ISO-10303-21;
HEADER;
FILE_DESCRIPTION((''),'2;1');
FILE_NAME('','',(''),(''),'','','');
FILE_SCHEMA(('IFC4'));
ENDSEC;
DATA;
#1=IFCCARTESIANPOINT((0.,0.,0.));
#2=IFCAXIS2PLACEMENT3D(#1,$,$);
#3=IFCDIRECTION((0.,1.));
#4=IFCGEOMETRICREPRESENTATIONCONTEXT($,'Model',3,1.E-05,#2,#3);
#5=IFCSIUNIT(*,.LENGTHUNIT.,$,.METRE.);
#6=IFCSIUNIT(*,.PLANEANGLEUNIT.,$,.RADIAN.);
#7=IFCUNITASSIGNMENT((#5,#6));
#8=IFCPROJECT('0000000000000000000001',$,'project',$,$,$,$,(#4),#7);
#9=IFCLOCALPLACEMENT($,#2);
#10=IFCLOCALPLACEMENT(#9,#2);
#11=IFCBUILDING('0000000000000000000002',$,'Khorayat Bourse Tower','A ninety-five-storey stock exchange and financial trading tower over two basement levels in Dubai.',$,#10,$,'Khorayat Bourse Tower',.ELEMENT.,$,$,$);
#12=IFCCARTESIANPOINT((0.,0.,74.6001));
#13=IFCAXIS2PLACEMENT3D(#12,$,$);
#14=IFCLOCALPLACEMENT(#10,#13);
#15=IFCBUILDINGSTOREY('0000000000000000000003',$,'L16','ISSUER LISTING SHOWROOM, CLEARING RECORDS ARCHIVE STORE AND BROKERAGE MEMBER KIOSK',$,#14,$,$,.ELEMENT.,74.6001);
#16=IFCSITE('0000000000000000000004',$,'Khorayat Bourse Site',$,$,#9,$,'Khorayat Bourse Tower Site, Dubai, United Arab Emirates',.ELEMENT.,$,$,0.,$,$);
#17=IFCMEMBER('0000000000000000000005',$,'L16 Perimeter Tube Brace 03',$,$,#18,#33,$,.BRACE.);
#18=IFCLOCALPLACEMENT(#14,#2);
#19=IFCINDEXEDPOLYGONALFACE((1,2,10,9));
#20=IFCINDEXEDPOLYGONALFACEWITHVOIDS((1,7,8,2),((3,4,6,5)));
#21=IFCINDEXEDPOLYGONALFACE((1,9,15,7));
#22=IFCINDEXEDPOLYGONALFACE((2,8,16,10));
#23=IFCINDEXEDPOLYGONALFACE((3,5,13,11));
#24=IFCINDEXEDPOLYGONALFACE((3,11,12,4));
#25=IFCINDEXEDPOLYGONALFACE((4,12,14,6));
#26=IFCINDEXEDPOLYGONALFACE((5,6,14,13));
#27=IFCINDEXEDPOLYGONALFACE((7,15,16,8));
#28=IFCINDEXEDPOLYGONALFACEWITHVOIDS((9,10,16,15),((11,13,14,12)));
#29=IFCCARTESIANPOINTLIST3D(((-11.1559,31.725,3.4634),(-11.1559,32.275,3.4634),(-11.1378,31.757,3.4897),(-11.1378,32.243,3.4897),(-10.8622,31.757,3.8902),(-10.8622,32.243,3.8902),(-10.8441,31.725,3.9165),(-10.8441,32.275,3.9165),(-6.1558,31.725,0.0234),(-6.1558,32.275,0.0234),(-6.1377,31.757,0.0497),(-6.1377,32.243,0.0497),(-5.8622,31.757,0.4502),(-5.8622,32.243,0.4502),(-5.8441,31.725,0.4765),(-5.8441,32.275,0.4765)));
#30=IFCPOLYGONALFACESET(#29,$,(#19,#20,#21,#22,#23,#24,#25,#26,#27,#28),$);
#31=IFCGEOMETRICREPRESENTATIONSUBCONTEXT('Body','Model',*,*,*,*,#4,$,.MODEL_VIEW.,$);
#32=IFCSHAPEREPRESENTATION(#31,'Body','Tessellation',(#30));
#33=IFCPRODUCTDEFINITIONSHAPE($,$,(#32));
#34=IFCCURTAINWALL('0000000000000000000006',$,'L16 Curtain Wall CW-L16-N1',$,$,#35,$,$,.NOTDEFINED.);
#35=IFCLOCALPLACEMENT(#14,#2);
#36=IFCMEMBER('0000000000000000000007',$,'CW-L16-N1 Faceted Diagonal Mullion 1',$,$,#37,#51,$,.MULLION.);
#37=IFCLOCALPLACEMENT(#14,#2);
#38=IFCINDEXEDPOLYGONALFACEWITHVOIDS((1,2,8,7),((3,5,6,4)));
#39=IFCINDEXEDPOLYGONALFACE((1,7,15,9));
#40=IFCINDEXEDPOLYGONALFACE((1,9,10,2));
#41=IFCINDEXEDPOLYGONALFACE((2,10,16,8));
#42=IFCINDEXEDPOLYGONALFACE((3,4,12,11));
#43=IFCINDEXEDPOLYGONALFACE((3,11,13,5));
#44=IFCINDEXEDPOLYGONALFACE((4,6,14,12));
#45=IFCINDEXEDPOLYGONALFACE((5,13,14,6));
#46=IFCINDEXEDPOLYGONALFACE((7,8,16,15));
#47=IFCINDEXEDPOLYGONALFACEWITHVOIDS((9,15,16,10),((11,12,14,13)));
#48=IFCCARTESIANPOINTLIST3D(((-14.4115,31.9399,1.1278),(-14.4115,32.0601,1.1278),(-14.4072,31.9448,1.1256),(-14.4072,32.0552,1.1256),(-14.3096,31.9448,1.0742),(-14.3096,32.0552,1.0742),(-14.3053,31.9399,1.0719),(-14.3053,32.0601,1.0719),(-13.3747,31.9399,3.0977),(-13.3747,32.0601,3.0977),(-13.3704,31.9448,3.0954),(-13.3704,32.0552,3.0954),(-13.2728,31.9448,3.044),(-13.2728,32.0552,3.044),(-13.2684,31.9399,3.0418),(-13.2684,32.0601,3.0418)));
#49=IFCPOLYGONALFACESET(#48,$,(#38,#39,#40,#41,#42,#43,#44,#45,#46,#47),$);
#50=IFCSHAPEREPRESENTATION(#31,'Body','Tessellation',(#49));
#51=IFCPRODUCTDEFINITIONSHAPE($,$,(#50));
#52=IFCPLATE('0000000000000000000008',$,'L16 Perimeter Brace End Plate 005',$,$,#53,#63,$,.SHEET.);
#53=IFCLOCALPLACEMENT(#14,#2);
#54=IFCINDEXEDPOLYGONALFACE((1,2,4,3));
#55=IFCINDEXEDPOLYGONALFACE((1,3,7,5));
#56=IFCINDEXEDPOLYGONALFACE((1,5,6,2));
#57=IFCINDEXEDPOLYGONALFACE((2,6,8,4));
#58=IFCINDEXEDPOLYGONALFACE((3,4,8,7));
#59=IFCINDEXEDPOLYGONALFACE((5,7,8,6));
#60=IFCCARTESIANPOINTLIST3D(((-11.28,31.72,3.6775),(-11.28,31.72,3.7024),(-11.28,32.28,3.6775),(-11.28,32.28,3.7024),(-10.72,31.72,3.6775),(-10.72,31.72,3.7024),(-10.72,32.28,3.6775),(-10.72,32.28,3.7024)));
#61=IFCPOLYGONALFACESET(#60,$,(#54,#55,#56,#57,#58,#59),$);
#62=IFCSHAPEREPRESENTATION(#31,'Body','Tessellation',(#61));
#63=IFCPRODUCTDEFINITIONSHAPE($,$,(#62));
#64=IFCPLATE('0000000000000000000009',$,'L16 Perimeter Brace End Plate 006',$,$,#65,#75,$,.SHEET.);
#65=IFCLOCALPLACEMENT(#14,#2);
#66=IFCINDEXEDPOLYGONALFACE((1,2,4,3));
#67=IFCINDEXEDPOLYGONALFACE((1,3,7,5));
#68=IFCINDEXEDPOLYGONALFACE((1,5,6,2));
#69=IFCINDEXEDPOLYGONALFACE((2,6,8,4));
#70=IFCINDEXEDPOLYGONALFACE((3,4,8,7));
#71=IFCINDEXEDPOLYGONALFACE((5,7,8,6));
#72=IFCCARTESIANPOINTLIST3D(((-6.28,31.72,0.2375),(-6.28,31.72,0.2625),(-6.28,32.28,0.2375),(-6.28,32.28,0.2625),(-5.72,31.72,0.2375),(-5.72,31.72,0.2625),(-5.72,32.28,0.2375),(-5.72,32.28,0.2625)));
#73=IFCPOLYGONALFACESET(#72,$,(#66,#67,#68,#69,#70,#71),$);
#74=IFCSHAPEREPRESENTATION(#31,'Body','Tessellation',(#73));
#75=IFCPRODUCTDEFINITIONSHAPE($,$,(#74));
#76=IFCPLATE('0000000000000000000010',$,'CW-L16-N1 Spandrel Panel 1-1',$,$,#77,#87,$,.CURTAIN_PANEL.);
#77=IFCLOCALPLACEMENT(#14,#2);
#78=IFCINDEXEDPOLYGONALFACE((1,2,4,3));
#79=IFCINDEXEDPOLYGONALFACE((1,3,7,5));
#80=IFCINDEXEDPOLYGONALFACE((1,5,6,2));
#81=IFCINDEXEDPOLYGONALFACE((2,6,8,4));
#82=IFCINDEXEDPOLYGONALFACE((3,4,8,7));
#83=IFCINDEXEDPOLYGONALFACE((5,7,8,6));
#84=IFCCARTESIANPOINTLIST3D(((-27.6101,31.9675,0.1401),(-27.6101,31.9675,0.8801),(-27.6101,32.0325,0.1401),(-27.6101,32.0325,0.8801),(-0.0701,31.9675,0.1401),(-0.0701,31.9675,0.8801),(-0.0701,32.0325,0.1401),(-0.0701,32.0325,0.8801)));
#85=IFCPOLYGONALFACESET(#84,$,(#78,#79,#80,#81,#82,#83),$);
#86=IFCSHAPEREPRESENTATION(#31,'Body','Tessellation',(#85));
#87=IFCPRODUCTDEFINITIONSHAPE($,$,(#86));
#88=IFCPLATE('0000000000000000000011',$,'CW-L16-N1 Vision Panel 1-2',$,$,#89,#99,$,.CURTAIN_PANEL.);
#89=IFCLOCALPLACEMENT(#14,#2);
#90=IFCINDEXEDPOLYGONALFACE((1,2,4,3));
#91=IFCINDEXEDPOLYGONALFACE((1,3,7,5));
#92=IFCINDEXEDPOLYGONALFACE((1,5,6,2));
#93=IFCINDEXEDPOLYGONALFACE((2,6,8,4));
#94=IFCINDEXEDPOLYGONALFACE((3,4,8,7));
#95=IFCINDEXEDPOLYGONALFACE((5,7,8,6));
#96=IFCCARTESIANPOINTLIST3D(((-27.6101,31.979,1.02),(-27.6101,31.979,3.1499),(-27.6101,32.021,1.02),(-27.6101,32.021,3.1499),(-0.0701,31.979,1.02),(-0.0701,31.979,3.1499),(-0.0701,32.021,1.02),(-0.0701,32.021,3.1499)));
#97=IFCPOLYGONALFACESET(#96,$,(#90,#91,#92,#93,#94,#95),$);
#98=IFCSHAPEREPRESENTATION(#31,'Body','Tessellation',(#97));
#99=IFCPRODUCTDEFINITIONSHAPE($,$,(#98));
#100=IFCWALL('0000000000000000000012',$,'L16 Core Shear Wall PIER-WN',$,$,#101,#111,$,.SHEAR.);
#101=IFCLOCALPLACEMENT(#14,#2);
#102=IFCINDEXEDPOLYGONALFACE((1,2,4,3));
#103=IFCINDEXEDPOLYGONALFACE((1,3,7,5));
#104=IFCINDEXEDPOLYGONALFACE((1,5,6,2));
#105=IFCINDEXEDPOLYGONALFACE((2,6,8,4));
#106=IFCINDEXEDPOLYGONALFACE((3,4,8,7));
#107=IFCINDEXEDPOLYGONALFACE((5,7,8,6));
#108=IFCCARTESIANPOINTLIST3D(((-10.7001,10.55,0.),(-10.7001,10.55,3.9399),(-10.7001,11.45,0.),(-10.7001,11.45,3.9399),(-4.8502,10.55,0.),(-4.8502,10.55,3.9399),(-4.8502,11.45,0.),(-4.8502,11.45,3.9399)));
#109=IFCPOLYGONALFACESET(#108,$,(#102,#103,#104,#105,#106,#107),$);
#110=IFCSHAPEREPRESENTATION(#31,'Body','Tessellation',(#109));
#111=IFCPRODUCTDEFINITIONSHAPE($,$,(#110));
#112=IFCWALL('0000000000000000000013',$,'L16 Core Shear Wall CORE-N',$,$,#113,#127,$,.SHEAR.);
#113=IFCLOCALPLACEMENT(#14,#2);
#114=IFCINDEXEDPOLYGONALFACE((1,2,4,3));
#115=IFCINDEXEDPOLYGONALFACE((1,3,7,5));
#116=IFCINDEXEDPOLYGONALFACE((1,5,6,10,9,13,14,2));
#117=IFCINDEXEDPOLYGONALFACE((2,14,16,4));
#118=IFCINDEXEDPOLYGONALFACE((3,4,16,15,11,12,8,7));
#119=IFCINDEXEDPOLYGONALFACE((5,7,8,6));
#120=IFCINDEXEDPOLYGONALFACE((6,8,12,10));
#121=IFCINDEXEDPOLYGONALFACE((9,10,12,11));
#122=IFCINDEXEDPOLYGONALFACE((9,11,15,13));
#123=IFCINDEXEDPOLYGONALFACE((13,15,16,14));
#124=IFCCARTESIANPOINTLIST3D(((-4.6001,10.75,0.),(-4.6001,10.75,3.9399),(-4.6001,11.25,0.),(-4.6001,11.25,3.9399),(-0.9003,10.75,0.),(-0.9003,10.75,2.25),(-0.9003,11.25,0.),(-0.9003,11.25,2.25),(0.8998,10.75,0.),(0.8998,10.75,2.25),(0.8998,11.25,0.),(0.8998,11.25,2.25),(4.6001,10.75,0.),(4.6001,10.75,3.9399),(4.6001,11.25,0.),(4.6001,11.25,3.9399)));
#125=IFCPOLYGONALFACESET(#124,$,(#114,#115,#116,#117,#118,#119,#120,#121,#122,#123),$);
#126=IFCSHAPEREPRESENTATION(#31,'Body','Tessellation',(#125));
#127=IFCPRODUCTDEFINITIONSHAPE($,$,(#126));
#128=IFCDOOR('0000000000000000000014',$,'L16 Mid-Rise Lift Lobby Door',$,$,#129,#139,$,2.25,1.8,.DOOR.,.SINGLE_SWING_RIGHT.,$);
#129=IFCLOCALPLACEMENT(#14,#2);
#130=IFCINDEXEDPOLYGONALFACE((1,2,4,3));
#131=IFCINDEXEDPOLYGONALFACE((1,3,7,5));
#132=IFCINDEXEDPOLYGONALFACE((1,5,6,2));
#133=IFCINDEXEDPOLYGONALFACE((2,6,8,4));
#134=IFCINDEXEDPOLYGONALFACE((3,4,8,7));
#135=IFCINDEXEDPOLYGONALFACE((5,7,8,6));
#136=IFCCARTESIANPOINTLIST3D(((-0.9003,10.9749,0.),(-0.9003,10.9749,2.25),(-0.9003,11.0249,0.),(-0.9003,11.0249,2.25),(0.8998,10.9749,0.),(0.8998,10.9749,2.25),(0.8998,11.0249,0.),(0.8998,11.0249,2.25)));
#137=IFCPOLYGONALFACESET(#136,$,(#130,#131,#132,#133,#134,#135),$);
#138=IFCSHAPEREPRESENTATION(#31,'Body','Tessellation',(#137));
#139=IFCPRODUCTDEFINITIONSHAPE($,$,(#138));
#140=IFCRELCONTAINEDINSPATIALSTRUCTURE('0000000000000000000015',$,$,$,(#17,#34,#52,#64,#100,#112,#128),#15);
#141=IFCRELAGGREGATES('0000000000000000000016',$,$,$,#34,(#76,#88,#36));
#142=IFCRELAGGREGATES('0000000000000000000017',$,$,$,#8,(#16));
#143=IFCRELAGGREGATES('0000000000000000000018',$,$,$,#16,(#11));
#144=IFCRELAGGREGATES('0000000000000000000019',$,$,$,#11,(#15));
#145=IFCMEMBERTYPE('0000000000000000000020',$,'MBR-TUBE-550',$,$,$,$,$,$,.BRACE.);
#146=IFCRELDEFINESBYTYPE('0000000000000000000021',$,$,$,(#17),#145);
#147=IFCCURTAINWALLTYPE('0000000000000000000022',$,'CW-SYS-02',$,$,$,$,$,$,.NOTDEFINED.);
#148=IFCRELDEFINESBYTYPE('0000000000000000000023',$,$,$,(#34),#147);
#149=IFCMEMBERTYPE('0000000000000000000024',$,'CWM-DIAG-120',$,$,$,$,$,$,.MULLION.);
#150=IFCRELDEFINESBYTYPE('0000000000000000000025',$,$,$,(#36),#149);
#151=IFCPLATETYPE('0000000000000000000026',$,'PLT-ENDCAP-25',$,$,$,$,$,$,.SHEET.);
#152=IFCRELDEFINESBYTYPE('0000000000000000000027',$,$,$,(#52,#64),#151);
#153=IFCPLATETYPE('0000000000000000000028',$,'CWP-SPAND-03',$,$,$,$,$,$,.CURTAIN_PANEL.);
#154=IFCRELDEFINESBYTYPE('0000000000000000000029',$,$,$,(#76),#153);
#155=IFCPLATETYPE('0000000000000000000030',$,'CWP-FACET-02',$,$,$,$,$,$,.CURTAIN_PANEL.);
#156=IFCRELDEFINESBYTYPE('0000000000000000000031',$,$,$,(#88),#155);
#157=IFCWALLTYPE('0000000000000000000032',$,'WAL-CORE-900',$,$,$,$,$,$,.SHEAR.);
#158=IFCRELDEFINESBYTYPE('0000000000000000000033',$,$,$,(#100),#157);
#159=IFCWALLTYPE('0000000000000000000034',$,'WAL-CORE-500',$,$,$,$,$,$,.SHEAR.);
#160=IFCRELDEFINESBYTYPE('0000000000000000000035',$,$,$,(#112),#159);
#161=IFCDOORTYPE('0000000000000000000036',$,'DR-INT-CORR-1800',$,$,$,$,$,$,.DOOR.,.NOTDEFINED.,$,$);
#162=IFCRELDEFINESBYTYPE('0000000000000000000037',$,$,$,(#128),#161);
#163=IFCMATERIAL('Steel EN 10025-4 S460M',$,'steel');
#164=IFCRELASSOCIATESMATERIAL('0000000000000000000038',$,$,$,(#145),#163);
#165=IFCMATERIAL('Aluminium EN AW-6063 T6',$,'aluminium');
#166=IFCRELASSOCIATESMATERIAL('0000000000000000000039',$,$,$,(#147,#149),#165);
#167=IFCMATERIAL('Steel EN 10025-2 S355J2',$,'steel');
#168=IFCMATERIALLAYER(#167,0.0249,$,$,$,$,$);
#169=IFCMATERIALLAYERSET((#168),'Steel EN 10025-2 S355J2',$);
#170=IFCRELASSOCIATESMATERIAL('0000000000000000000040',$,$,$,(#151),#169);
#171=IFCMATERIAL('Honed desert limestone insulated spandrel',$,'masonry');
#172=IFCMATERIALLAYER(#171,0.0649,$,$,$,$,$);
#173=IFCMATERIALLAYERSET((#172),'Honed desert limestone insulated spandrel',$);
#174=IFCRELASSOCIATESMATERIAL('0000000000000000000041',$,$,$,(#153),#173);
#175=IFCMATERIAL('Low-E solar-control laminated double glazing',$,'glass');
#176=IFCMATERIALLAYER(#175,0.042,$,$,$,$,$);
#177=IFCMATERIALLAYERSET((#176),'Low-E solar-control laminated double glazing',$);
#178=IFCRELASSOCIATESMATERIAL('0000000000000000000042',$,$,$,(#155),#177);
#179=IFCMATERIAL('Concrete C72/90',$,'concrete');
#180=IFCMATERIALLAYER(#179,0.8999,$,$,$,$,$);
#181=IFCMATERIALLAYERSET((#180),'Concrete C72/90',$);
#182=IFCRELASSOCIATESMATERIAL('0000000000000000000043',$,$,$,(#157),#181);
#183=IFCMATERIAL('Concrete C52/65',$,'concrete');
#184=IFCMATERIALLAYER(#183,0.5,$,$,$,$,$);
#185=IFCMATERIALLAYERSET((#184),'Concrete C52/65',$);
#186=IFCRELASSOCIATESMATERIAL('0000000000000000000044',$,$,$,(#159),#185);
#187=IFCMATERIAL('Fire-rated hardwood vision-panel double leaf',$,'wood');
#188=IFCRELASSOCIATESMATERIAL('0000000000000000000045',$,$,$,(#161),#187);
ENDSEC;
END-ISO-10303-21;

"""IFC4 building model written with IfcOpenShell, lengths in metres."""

from ifc_helpers import new_model, si_unit, direction, frame, frame_2d, origin, origin_2d, place, context, subcontext, project, spatial, rectangle, hollow_rectangle, extrude, source, transform, mapped, material, layer, layer_set, material_profile, profile_set, type_object, element, fill, aggregate, save


model = new_model("IFC4")

# Units and contexts
model_context = context("Model", 3, precision=1e-05, world=origin(), true_north=direction((0.0, 1.0)))
body_context = subcontext(model_context, "Body", "Model", "MODEL_VIEW")
ifc_project = project(units=[si_unit("LENGTHUNIT", "METRE"), si_unit("PLANEANGLEUNIT", "RADIAN")], contexts=[model_context])

# Site, building, storey
site_placement = place(None, origin())
site = spatial("IfcSite", under=ifc_project, at=site_placement, Name="Khorayat Bourse Site", LongName="Khorayat Bourse Tower Site, Dubai, United Arab Emirates", CompositionType="ELEMENT", RefElevation=0.0)
building_placement = place(site_placement, origin())
building = spatial("IfcBuilding", under=site, at=building_placement, Name="Khorayat Bourse Tower", Description="A ninety-five-storey stock exchange and financial trading tower over two basement levels in Dubai.", LongName="Khorayat Bourse Tower", CompositionType="ELEMENT")
storey_placement = place(building_placement, frame((0.0, 0.0, 74.6001)))
storey = spatial("IfcBuildingStorey", under=building, at=storey_placement, Name="L16", Description="ISSUER LISTING SHOWROOM, CLEARING RECORDS ARCHIVE STORE AND BROKERAGE MEMBER KIOSK", CompositionType="ELEMENT", Elevation=74.6001)

# Shared definitions
ifc_material_1 = material(Name="Steel EN 10025-4 S460M", Category="steel")
ifc_material_2 = material(Name="Concrete C72/90", Category="concrete")

# Member
ifc_material_profile_1 = material_profile(ifc_material_1, hollow_rectangle(XDim=0.55, YDim=0.55, WallThickness=0.032, at=origin_2d()), Name="HSS 550x550x32")
ifc_profile_set_1 = profile_set([ifc_material_profile_1], Name="Steel EN 10025-4 S460M")
member_type_1 = type_object("IfcMemberType", Name="MBR-TUBE-550", PredefinedType="BRACE", material=ifc_profile_set_1)
shared_shape_1 = source(origin(), body_context, "Body", "SweptSolid", [
    extrude(hollow_rectangle(XDim=0.55, YDim=0.55, WallThickness=0.032, at=origin_2d()), origin(), (0.0, 0.0, 1.0), 6.0691),
])
member_1_placement = place(storey_placement, frame((-11.0, 32.0, 3.6899), z_axis=(0.823854, 0.0, -0.566802), x_axis=(0.0, 1.0, 0.0)))
element("IfcMember", 1, at=member_1_placement, inside=storey, type_object=member_type_1, Name="L16 Perimeter Tube Brace 03", PredefinedType="BRACE", context=body_context, shape_type="MappedRepresentation", body=[
    mapped(shared_shape_1, transform((0.0, 0.0, 0.0), scale=1.0)),
])

# Curtain wall, member
ifc_material_3 = material(Name="Aluminium EN AW-6063 T6", Category="aluminium")
curtain_wall_type = type_object("IfcCurtainWallType", Name="CW-SYS-02", PredefinedType="NOTDEFINED", material=ifc_material_3)
curtain_wall_placement = place(storey_placement, origin())
curtain_wall = element("IfcCurtainWall", 2, at=curtain_wall_placement, inside=storey, type_object=curtain_wall_type, Name="L16 Curtain Wall CW-L16-N1", PredefinedType="NOTDEFINED")
ifc_material_profile_2 = material_profile(ifc_material_3, hollow_rectangle(XDim=0.1201, YDim=0.1201, WallThickness=0.0049, at=origin_2d()), Name="ALU 120x120x5")
ifc_profile_set_2 = profile_set([ifc_material_profile_2], Name="Aluminium EN AW-6063 T6")
member_type_2 = type_object("IfcMemberType", Name="CWM-DIAG-120", PredefinedType="MULLION", material=ifc_profile_set_2)
shared_shape_2 = source(origin(), body_context, "Body", "SweptSolid", [
    extrude(hollow_rectangle(XDim=0.1201, YDim=0.1201, WallThickness=0.0049, at=origin_2d()), origin(), (0.0, 0.0, 1.0), 2.2261),
])
member_2_placement = place(storey_placement, frame((-14.3584, 32.0, 1.0999), z_axis=(0.46576, 0.0, 0.884911), x_axis=(0.0, 1.0, 0.0)))
member_2 = element("IfcMember", 3, at=member_2_placement, type_object=member_type_2, Name="CW-L16-N1 Faceted Diagonal Mullion 1", PredefinedType="MULLION", context=body_context, shape_type="MappedRepresentation", body=[
    mapped(shared_shape_2, transform((0.0, 0.0, 0.0), scale=1.0)),
])

# Plates
ifc_material_4 = material(Name="Steel EN 10025-2 S355J2", Category="steel")
ifc_layer_1 = layer(ifc_material_4, 0.0249)
ifc_layer_set_1 = layer_set([ifc_layer_1], Name="Steel EN 10025-2 S355J2")
plate_type_1 = type_object("IfcPlateType", Name="PLT-ENDCAP-25", PredefinedType="SHEET", material=ifc_layer_set_1)
shared_shape_3 = source(origin(), body_context, "Body", "SweptSolid", [
    extrude(rectangle(XDim=0.5601, YDim=0.5601, at=origin_2d()), origin(), (0.0, 0.0, 1.0), 0.0249),
])
for number, where, z_axis, x_axis, name in (
    (4, (-11.0, 32.0, 3.6775), (0.0, 0.0, 1.0), (1.0, 0.0, 0.0), "L16 Perimeter Brace End Plate 005"),
    (5, (-6.0, 32.0, 0.2375), (0.0, 0.0, 1.0), (1.0, 0.0, 0.0), "L16 Perimeter Brace End Plate 006"),
):
    element("IfcPlate", number, at=place(storey_placement, frame(where, z_axis=z_axis, x_axis=x_axis)), inside=storey, type_object=plate_type_1, Name=name, PredefinedType="SHEET", context=body_context, shape_type="MappedRepresentation", body=[
        mapped(shared_shape_3, transform((0.0, 0.0, 0.0), scale=1.0)),
    ])

# Plates
ifc_material_5 = material(Name="Honed desert limestone insulated spandrel", Category="masonry")
ifc_layer_2 = layer(ifc_material_5, 0.0649)
ifc_layer_set_2 = layer_set([ifc_layer_2], Name="Honed desert limestone insulated spandrel")
plate_type_2 = type_object("IfcPlateType", Name="CWP-SPAND-03", PredefinedType="CURTAIN_PANEL", material=ifc_layer_set_2)
shared_shape_4 = source(origin(), body_context, "Body", "SweptSolid", [
    extrude(rectangle(XDim=27.54, YDim=0.0649, at=origin_2d()), origin(), (0.0, 0.0, 1.0), 0.74),
])
plate_1_placement = place(storey_placement, frame((-13.8401, 32.0, 0.1401), z_axis=(0.0, 0.0, 1.0), x_axis=(1.0, 0.0, 0.0)))
plate_1 = element("IfcPlate", 6, at=plate_1_placement, type_object=plate_type_2, Name="CW-L16-N1 Spandrel Panel 1-1", PredefinedType="CURTAIN_PANEL", context=body_context, shape_type="MappedRepresentation", body=[
    mapped(shared_shape_4, transform((0.0, 0.0, 0.0), scale=1.0)),
])
ifc_material_6 = material(Name="Low-E solar-control laminated double glazing", Category="glass")
ifc_layer_3 = layer(ifc_material_6, 0.042)
ifc_layer_set_3 = layer_set([ifc_layer_3], Name="Low-E solar-control laminated double glazing")
plate_type_3 = type_object("IfcPlateType", Name="CWP-FACET-02", PredefinedType="CURTAIN_PANEL", material=ifc_layer_set_3)
shared_shape_5 = source(origin(), body_context, "Body", "SweptSolid", [
    extrude(rectangle(XDim=27.54, YDim=0.042, at=origin_2d()), origin(), (0.0, 0.0, 1.0), 2.1299),
])
plate_2_placement = place(storey_placement, frame((-13.8401, 32.0, 1.02), z_axis=(0.0, 0.0, 1.0), x_axis=(1.0, 0.0, 0.0)))
plate_2 = element("IfcPlate", 7, at=plate_2_placement, type_object=plate_type_3, Name="CW-L16-N1 Vision Panel 1-2", PredefinedType="CURTAIN_PANEL", context=body_context, shape_type="MappedRepresentation", body=[
    mapped(shared_shape_5, transform((0.0, 0.0, 0.0), scale=1.0)),
])
aggregate(curtain_wall, [plate_1, plate_2, member_2])

# Wall
ifc_layer_4 = layer(ifc_material_2, 0.8999)
ifc_layer_set_4 = layer_set([ifc_layer_4], Name="Concrete C72/90")
wall_type_1 = type_object("IfcWallType", Name="WAL-CORE-900", PredefinedType="SHEAR", material=ifc_layer_set_4)
shared_shape_6 = source(origin(), body_context, "Body", "SweptSolid", [
    extrude(rectangle(XDim=5.8499, YDim=0.8999, at=frame_2d((2.9248, 0.0))), origin(), (0.0, 0.0, 1.0), 3.9399),
])
wall_1_placement = place(storey_placement, frame((-10.7, 11.0, 0.0), z_axis=(0.0, 0.0, 1.0), x_axis=(1.0, 0.0, 0.0)))
element("IfcWall", 8, at=wall_1_placement, inside=storey, type_object=wall_type_1, Name="L16 Core Shear Wall PIER-WN", PredefinedType="SHEAR", context=body_context, shape_type="MappedRepresentation", body=[
    mapped(shared_shape_6, transform((0.0, 0.0, 0.0), scale=1.0)),
])

# Wall, opening, door
ifc_material_7 = material(Name="Concrete C52/65", Category="concrete")
ifc_layer_5 = layer(ifc_material_7, 0.5)
ifc_layer_set_5 = layer_set([ifc_layer_5], Name="Concrete C52/65")
wall_type_2 = type_object("IfcWallType", Name="WAL-CORE-500", PredefinedType="SHEAR", material=ifc_layer_set_5)
shared_shape_7 = source(origin(), body_context, "Body", "SweptSolid", [
    extrude(rectangle(XDim=9.2002, YDim=0.5, at=frame_2d((4.6001, 0.0))), origin(), (0.0, 0.0, 1.0), 3.9399),
])
wall_2_placement = place(storey_placement, frame((-4.6001, 11.0, 0.0), z_axis=(0.0, 0.0, 1.0), x_axis=(1.0, 0.0, 0.0)))
wall_2 = element("IfcWall", 9, at=wall_2_placement, inside=storey, type_object=wall_type_2, Name="L16 Core Shear Wall CORE-N", PredefinedType="SHEAR", context=body_context, shape_type="MappedRepresentation", body=[
    mapped(shared_shape_7, transform((0.0, 0.0, 0.0), scale=1.0)),
])
shared_shape_8 = source(origin(), body_context, "Body", "SweptSolid", [
    extrude(rectangle(XDim=1.8, YDim=2.25, at=frame_2d((0.8999, 1.125))), frame((0.0, 0.26, 0.0), z_axis=(0.0, -1.0, 0.0), x_axis=(1.0, 0.0, 0.0)), (0.0, 0.0, 1.0), 0.52),
])
opening_1_placement = place(wall_2_placement, frame((3.7, 0.0, 0.0)))
opening_1 = element("IfcOpeningElement", 10, at=opening_1_placement, cuts=wall_2, PredefinedType="OPENING", context=body_context, shape_type="MappedRepresentation", body=[
    mapped(shared_shape_8, transform((0.0, 0.0, 0.0), scale=1.0)),
])
ifc_material_8 = material(Name="Fire-rated hardwood vision-panel double leaf", Category="wood")
door_type_1 = type_object("IfcDoorType", Name="DR-INT-CORR-1800", OperationType="NOTDEFINED", PredefinedType="DOOR", material=ifc_material_8)
shared_shape_9 = source(origin(), body_context, "Body", "SweptSolid", [
    extrude(rectangle(XDim=1.8, YDim=2.25, at=frame_2d((0.8999, 1.125))), frame((0.0, 0.0249, 0.0), z_axis=(0.0, -1.0, 0.0), x_axis=(1.0, 0.0, 0.0)), (0.0, 0.0, 1.0), 0.05),
])
door_1_placement = place(opening_1_placement, origin())
door_1 = element("IfcDoor", 11, at=door_1_placement, inside=storey, type_object=door_type_1, Name="L16 Mid-Rise Lift Lobby Door", OperationType="SINGLE_SWING_RIGHT", OverallHeight=2.25, OverallWidth=1.8, PredefinedType="DOOR", context=body_context, shape_type="MappedRepresentation", body=[
    mapped(shared_shape_9, transform((0.0, 0.0, 0.0), scale=1.0)),
])
fill(opening_1, door_1)

save(model, "model.ifc")
